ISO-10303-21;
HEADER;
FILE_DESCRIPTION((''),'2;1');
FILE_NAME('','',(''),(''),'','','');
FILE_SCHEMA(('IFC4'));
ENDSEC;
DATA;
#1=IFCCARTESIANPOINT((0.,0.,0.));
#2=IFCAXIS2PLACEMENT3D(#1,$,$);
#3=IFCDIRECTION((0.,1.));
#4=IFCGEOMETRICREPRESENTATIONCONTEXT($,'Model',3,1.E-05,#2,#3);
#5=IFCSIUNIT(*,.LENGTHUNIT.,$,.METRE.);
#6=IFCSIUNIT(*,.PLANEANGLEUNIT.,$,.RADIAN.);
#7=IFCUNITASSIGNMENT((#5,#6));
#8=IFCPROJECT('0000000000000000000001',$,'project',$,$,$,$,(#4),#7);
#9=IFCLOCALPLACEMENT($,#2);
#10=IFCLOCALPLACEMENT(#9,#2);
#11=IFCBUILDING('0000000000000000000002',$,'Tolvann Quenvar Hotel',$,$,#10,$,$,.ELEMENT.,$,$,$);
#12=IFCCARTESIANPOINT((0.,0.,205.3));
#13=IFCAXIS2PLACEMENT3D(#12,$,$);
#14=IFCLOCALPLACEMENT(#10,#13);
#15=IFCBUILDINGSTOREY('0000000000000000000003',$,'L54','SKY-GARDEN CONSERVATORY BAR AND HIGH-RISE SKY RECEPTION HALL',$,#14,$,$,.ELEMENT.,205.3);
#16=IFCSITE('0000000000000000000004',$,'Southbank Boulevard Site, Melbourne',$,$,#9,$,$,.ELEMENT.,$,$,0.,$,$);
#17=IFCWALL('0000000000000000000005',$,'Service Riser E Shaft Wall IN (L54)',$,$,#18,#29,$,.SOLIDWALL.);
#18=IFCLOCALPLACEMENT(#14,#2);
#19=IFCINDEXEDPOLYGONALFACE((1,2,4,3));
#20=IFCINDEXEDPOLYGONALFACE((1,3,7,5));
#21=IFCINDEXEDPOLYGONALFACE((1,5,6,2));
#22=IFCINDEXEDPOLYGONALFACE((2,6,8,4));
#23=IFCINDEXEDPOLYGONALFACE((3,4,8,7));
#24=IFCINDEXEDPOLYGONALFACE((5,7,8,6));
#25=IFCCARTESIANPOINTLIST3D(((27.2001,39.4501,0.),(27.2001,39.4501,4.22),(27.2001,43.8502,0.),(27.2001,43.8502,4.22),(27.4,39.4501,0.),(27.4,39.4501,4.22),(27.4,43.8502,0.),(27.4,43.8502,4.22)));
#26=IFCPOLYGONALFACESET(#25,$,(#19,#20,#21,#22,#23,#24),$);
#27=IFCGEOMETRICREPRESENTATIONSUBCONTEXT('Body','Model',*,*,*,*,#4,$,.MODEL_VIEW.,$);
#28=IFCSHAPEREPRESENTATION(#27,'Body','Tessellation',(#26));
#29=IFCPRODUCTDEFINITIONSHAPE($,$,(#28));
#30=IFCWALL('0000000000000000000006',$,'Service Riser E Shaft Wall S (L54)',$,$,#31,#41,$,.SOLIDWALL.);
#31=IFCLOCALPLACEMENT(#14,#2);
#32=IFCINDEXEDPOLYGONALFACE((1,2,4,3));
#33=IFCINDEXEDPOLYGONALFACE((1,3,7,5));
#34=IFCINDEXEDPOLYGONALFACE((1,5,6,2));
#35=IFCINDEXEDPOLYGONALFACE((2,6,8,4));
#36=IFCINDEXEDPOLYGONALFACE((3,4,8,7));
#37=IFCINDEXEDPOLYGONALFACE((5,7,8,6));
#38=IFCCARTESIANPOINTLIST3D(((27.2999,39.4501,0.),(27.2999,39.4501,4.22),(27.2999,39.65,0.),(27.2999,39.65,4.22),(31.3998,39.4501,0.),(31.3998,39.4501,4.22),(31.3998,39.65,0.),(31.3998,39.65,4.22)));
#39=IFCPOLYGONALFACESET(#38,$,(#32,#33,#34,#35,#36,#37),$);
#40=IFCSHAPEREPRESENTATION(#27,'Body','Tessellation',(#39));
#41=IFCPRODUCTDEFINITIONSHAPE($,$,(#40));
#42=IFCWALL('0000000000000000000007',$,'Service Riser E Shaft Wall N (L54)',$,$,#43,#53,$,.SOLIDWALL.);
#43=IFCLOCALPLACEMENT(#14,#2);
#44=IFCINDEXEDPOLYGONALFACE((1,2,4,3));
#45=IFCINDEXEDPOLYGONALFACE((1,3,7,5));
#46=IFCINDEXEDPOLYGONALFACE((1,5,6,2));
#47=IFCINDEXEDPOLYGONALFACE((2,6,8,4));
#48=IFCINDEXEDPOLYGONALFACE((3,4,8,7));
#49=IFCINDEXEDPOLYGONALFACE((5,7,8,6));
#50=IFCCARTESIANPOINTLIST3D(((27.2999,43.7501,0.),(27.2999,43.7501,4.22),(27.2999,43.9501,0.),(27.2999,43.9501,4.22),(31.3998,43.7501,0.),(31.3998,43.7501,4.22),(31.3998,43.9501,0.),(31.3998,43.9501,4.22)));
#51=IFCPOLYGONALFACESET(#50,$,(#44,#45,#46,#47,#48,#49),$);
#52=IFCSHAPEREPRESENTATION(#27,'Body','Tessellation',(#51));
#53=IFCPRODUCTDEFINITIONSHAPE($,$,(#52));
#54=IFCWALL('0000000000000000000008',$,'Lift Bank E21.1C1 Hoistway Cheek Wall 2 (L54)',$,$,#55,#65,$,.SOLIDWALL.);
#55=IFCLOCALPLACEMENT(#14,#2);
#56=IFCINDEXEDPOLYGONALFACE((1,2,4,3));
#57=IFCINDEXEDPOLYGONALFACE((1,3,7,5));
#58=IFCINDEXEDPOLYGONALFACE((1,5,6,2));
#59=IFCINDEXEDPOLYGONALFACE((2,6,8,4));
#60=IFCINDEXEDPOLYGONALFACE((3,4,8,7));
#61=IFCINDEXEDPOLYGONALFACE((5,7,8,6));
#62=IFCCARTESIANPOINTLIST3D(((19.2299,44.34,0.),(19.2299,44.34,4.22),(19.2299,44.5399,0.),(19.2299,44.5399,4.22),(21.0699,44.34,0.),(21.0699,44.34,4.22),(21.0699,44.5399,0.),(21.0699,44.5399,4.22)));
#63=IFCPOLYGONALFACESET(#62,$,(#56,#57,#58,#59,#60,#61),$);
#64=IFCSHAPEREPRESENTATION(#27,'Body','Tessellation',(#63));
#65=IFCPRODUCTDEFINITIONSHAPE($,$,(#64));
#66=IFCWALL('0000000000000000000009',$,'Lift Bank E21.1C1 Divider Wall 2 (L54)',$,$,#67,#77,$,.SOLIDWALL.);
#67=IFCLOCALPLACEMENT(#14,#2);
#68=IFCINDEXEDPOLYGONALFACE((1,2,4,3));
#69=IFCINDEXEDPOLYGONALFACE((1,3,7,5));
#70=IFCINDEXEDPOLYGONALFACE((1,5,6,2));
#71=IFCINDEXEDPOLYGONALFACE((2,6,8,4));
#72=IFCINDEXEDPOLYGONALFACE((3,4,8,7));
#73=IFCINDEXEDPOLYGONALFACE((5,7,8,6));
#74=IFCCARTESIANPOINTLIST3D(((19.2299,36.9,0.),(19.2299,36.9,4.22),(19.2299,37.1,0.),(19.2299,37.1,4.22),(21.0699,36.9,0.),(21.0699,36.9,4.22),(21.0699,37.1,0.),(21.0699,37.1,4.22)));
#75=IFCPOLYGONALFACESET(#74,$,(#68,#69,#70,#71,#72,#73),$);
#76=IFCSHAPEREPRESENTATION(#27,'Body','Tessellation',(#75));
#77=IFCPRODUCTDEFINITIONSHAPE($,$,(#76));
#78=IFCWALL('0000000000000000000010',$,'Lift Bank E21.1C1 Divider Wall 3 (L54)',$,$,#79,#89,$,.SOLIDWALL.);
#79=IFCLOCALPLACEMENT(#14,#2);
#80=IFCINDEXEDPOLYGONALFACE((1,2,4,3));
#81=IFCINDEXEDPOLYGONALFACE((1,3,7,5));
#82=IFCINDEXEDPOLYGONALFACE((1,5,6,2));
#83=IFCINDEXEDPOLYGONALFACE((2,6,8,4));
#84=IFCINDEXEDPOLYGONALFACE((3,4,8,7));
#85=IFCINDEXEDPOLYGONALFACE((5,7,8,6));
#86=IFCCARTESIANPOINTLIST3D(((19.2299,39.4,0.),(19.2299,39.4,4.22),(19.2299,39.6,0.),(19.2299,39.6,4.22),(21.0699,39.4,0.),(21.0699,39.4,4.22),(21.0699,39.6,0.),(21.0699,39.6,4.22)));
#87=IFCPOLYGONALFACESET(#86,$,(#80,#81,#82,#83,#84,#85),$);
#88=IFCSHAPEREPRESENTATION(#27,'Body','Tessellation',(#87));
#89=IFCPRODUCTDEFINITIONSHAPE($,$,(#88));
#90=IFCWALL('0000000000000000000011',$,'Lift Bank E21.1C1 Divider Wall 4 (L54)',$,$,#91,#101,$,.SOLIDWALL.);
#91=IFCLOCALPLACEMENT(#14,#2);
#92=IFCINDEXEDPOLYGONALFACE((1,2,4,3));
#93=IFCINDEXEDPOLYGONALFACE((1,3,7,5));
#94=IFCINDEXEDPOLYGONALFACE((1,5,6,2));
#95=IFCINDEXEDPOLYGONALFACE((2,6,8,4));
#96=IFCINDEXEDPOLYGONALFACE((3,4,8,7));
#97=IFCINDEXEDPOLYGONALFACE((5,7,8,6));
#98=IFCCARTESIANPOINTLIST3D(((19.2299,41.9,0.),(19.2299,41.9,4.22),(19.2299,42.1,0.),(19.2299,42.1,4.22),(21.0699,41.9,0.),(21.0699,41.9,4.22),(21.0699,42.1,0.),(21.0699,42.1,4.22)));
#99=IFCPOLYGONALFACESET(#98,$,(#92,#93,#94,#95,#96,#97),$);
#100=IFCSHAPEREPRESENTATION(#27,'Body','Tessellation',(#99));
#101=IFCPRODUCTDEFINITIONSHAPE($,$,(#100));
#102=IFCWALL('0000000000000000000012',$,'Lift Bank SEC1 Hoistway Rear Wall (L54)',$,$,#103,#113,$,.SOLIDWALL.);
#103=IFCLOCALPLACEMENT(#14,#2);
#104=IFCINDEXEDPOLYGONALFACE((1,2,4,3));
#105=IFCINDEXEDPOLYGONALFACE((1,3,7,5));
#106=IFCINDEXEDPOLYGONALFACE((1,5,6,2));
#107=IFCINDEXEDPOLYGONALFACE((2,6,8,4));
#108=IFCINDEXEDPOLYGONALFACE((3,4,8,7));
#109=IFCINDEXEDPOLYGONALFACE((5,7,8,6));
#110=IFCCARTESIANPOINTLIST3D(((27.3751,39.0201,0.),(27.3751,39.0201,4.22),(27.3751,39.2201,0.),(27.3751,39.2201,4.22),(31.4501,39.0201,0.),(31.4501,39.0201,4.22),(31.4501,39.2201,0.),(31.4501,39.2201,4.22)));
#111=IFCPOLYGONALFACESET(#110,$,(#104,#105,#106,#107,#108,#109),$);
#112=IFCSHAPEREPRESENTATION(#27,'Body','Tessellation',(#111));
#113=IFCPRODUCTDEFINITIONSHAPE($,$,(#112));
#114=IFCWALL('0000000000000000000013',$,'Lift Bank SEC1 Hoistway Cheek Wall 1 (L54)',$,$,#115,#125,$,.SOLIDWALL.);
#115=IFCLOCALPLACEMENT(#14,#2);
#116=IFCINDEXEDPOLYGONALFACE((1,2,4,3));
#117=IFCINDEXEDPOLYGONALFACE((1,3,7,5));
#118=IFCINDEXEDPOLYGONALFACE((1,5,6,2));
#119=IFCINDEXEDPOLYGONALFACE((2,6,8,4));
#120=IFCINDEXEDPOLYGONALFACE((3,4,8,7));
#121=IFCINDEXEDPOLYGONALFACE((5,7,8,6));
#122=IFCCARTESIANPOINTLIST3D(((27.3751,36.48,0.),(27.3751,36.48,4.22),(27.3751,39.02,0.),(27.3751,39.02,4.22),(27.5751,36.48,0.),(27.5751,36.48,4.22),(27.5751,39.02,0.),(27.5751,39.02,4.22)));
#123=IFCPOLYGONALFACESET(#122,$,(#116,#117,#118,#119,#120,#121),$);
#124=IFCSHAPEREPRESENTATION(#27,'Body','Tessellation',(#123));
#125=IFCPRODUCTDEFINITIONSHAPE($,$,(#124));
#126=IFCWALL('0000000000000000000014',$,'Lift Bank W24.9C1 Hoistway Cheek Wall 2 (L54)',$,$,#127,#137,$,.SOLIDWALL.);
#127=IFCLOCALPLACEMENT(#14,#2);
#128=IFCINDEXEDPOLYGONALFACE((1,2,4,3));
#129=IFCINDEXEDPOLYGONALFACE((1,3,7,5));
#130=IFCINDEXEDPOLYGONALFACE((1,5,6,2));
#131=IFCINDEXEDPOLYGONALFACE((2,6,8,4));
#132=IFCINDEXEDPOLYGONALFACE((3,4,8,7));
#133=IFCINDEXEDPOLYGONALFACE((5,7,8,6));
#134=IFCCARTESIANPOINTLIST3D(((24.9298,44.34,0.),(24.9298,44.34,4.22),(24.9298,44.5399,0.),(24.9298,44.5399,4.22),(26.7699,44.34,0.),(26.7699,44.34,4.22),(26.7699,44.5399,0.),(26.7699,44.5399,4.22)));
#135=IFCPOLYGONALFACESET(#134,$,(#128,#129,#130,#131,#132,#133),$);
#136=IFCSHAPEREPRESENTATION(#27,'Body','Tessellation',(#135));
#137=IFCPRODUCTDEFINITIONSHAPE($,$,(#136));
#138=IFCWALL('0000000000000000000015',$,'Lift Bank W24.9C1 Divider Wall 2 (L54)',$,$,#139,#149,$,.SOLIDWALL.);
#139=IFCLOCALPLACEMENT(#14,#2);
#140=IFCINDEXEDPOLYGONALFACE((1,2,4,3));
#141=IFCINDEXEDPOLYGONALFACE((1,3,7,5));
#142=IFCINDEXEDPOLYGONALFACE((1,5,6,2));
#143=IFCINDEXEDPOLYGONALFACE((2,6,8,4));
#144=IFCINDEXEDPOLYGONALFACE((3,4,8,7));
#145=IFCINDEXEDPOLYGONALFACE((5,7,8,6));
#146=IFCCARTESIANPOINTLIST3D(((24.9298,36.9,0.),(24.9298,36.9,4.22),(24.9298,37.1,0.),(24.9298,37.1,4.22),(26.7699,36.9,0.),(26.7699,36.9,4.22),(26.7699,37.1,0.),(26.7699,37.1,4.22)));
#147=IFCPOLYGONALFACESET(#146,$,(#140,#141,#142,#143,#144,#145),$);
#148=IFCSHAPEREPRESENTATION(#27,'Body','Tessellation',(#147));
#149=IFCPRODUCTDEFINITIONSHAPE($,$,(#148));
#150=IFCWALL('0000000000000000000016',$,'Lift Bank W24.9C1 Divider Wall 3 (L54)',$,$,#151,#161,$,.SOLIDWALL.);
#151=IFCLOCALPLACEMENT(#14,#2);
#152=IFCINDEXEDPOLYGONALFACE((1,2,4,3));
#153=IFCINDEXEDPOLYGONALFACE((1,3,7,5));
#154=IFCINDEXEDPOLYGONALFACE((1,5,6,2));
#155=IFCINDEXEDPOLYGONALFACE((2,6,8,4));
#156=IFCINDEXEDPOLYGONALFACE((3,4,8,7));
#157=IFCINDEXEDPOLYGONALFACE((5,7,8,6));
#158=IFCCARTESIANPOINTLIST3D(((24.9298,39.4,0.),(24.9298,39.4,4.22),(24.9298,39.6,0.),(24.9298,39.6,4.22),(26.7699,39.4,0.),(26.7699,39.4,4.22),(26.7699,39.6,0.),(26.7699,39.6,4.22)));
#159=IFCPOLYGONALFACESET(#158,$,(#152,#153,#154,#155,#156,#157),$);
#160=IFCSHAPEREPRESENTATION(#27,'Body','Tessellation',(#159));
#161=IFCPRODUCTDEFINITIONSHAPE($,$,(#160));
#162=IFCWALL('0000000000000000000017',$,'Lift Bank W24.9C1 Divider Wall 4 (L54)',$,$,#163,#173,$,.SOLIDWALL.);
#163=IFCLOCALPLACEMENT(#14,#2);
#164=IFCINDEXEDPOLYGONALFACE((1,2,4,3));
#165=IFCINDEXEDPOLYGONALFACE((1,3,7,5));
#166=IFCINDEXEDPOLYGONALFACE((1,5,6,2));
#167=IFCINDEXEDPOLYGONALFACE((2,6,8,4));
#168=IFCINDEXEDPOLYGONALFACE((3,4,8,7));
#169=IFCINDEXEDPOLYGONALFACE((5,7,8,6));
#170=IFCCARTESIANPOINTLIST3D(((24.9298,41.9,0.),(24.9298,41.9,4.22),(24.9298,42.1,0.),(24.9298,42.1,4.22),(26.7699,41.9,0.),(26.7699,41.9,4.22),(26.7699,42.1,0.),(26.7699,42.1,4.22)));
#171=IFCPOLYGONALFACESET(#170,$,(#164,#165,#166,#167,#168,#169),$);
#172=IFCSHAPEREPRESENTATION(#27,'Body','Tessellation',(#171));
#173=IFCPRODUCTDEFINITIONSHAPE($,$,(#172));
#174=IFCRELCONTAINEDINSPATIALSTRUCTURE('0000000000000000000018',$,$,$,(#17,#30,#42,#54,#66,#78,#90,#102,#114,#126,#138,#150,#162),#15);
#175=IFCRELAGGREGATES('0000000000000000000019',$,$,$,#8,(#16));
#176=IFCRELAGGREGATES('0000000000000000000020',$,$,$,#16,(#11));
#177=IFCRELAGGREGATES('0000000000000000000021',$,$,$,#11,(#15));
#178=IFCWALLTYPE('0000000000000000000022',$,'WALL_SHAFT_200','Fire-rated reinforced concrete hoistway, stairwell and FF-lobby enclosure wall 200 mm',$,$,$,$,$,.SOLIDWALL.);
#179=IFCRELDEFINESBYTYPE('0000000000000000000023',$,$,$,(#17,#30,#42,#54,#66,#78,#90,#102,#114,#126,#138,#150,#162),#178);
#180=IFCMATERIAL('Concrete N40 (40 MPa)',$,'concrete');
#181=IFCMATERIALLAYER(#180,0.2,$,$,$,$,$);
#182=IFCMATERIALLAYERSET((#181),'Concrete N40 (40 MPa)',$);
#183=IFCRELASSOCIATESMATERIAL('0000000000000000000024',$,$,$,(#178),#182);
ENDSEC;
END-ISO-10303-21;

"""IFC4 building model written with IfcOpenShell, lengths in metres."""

from ifc_helpers import new_model, si_unit, direction, frame, frame_2d, origin, place, context, subcontext, project, spatial, rectangle, extrude, material, layer, layer_set, type_object, element, save


model = new_model("IFC4")

# Units and contexts
model_context = context("Model", 3, precision=1e-05, world=origin(), true_north=direction((0.0, 1.0)))
body_context = subcontext(model_context, "Body", "Model", "MODEL_VIEW")
ifc_project = project(units=[si_unit("LENGTHUNIT", "METRE"), si_unit("PLANEANGLEUNIT", "RADIAN")], contexts=[model_context])

# Site, building, storey
site_placement = place(None, origin())
site = spatial("IfcSite", under=ifc_project, at=site_placement, Name="Southbank Boulevard Site, Melbourne", CompositionType="ELEMENT", RefElevation=0.0)
building_placement = place(site_placement, origin())
building = spatial("IfcBuilding", under=site, at=building_placement, Name="Tolvann Quenvar Hotel", CompositionType="ELEMENT")
storey_placement = place(building_placement, frame((0.0, 0.0, 205.3)))
storey = spatial("IfcBuildingStorey", under=building, at=storey_placement, Name="L54", Description="SKY-GARDEN CONSERVATORY BAR AND HIGH-RISE SKY RECEPTION HALL", CompositionType="ELEMENT", Elevation=205.3)

# Walls
ifc_material = material(Name="Concrete N40 (40 MPa)", Category="concrete")
ifc_layer = layer(ifc_material, 0.2)
ifc_layer_set = layer_set([ifc_layer], Name="Concrete N40 (40 MPa)")
wall_type = type_object("IfcWallType", Name="WALL_SHAFT_200", Description="Fire-rated reinforced concrete hoistway, stairwell and FF-lobby enclosure wall 200 mm", PredefinedType="SOLIDWALL", material=ifc_layer_set)
wall_1_placement = place(storey_placement, frame((27.3, 39.45, 0.0), z_axis=(0.0, 0.0, 1.0), x_axis=(0.0, 1.0, 0.0)))
element("IfcWall", 1, at=wall_1_placement, inside=storey, type_object=wall_type, Name="Service Riser E Shaft Wall IN (L54)", PredefinedType="SOLIDWALL", context=body_context, shape_type="SweptSolid", body=[
    extrude(rectangle(XDim=4.4001, YDim=0.2, at=frame_2d((2.2002, 0.0))), origin(), (0.0, 0.0, 1.0), 4.22),
])
for number, where, z_axis, x_axis, name in (
    (2, (27.3, 39.55, 0.0), (0.0, 0.0, 1.0), (1.0, 0.0, 0.0), "Service Riser E Shaft Wall S (L54)"),
    (3, (27.3, 43.8501, 0.0), (0.0, 0.0, 1.0), (1.0, 0.0, 0.0), "Service Riser E Shaft Wall N (L54)"),
):
    element("IfcWall", number, at=place(storey_placement, frame(where, z_axis=z_axis, x_axis=x_axis)), inside=storey, type_object=wall_type, Name=name, PredefinedType="SOLIDWALL", context=body_context, shape_type="SweptSolid", body=[
        extrude(rectangle(XDim=4.0999, YDim=0.2, at=frame_2d((2.0498, 0.0))), origin(), (0.0, 0.0, 1.0), 4.22),
    ])
for number, where, z_axis, x_axis, name in (
    (4, (19.23, 44.4399, 0.0), (0.0, 0.0, 1.0), (1.0, 0.0, 0.0), "Lift Bank E21.1C1 Hoistway Cheek Wall 2 (L54)"),
    (5, (19.23, 37.0, 0.0), (0.0, 0.0, 1.0), (1.0, 0.0, 0.0), "Lift Bank E21.1C1 Divider Wall 2 (L54)"),
    (6, (19.23, 39.5, 0.0), (0.0, 0.0, 1.0), (1.0, 0.0, 0.0), "Lift Bank E21.1C1 Divider Wall 3 (L54)"),
    (7, (19.23, 42.0, 0.0), (0.0, 0.0, 1.0), (1.0, 0.0, 0.0), "Lift Bank E21.1C1 Divider Wall 4 (L54)"),
):
    element("IfcWall", number, at=place(storey_placement, frame(where, z_axis=z_axis, x_axis=x_axis)), inside=storey, type_object=wall_type, Name=name, PredefinedType="SOLIDWALL", context=body_context, shape_type="SweptSolid", body=[
        extrude(rectangle(XDim=1.8401, YDim=0.2, at=frame_2d((0.9199, 0.0))), origin(), (0.0, 0.0, 1.0), 4.22),
    ])
wall_2_placement = place(storey_placement, frame((27.375, 39.1201, 0.0), z_axis=(0.0, 0.0, 1.0), x_axis=(1.0, 0.0, 0.0)))
element("IfcWall", 8, at=wall_2_placement, inside=storey, type_object=wall_type, Name="Lift Bank SEC1 Hoistway Rear Wall (L54)", PredefinedType="SOLIDWALL", context=body_context, shape_type="SweptSolid", body=[
    extrude(rectangle(XDim=4.075, YDim=0.2, at=frame_2d((2.0376, 0.0))), origin(), (0.0, 0.0, 1.0), 4.22),
])
wall_3_placement = place(storey_placement, frame((27.4751, 36.48, 0.0), z_axis=(0.0, 0.0, 1.0), x_axis=(0.0, 1.0, 0.0)))
element("IfcWall", 9, at=wall_3_placement, inside=storey, type_object=wall_type, Name="Lift Bank SEC1 Hoistway Cheek Wall 1 (L54)", PredefinedType="SOLIDWALL", context=body_context, shape_type="SweptSolid", body=[
    extrude(rectangle(XDim=2.54, YDim=0.2, at=frame_2d((1.27, 0.0))), origin(), (0.0, 0.0, 1.0), 4.22),
])
for number, where, z_axis, x_axis, name in (
    (10, (24.9299, 44.4399, 0.0), (0.0, 0.0, 1.0), (1.0, 0.0, 0.0), "Lift Bank W24.9C1 Hoistway Cheek Wall 2 (L54)"),
    (11, (24.9299, 37.0, 0.0), (0.0, 0.0, 1.0), (1.0, 0.0, 0.0), "Lift Bank W24.9C1 Divider Wall 2 (L54)"),
    (12, (24.9299, 39.5, 0.0), (0.0, 0.0, 1.0), (1.0, 0.0, 0.0), "Lift Bank W24.9C1 Divider Wall 3 (L54)"),
    (13, (24.9299, 42.0, 0.0), (0.0, 0.0, 1.0), (1.0, 0.0, 0.0), "Lift Bank W24.9C1 Divider Wall 4 (L54)"),
):
    element("IfcWall", number, at=place(storey_placement, frame(where, z_axis=z_axis, x_axis=x_axis)), inside=storey, type_object=wall_type, Name=name, PredefinedType="SOLIDWALL", context=body_context, shape_type="SweptSolid", body=[
        extrude(rectangle(XDim=1.8401, YDim=0.2, at=frame_2d((0.9199, 0.0))), origin(), (0.0, 0.0, 1.0), 4.22),
    ])

save(model, "model.ifc")
